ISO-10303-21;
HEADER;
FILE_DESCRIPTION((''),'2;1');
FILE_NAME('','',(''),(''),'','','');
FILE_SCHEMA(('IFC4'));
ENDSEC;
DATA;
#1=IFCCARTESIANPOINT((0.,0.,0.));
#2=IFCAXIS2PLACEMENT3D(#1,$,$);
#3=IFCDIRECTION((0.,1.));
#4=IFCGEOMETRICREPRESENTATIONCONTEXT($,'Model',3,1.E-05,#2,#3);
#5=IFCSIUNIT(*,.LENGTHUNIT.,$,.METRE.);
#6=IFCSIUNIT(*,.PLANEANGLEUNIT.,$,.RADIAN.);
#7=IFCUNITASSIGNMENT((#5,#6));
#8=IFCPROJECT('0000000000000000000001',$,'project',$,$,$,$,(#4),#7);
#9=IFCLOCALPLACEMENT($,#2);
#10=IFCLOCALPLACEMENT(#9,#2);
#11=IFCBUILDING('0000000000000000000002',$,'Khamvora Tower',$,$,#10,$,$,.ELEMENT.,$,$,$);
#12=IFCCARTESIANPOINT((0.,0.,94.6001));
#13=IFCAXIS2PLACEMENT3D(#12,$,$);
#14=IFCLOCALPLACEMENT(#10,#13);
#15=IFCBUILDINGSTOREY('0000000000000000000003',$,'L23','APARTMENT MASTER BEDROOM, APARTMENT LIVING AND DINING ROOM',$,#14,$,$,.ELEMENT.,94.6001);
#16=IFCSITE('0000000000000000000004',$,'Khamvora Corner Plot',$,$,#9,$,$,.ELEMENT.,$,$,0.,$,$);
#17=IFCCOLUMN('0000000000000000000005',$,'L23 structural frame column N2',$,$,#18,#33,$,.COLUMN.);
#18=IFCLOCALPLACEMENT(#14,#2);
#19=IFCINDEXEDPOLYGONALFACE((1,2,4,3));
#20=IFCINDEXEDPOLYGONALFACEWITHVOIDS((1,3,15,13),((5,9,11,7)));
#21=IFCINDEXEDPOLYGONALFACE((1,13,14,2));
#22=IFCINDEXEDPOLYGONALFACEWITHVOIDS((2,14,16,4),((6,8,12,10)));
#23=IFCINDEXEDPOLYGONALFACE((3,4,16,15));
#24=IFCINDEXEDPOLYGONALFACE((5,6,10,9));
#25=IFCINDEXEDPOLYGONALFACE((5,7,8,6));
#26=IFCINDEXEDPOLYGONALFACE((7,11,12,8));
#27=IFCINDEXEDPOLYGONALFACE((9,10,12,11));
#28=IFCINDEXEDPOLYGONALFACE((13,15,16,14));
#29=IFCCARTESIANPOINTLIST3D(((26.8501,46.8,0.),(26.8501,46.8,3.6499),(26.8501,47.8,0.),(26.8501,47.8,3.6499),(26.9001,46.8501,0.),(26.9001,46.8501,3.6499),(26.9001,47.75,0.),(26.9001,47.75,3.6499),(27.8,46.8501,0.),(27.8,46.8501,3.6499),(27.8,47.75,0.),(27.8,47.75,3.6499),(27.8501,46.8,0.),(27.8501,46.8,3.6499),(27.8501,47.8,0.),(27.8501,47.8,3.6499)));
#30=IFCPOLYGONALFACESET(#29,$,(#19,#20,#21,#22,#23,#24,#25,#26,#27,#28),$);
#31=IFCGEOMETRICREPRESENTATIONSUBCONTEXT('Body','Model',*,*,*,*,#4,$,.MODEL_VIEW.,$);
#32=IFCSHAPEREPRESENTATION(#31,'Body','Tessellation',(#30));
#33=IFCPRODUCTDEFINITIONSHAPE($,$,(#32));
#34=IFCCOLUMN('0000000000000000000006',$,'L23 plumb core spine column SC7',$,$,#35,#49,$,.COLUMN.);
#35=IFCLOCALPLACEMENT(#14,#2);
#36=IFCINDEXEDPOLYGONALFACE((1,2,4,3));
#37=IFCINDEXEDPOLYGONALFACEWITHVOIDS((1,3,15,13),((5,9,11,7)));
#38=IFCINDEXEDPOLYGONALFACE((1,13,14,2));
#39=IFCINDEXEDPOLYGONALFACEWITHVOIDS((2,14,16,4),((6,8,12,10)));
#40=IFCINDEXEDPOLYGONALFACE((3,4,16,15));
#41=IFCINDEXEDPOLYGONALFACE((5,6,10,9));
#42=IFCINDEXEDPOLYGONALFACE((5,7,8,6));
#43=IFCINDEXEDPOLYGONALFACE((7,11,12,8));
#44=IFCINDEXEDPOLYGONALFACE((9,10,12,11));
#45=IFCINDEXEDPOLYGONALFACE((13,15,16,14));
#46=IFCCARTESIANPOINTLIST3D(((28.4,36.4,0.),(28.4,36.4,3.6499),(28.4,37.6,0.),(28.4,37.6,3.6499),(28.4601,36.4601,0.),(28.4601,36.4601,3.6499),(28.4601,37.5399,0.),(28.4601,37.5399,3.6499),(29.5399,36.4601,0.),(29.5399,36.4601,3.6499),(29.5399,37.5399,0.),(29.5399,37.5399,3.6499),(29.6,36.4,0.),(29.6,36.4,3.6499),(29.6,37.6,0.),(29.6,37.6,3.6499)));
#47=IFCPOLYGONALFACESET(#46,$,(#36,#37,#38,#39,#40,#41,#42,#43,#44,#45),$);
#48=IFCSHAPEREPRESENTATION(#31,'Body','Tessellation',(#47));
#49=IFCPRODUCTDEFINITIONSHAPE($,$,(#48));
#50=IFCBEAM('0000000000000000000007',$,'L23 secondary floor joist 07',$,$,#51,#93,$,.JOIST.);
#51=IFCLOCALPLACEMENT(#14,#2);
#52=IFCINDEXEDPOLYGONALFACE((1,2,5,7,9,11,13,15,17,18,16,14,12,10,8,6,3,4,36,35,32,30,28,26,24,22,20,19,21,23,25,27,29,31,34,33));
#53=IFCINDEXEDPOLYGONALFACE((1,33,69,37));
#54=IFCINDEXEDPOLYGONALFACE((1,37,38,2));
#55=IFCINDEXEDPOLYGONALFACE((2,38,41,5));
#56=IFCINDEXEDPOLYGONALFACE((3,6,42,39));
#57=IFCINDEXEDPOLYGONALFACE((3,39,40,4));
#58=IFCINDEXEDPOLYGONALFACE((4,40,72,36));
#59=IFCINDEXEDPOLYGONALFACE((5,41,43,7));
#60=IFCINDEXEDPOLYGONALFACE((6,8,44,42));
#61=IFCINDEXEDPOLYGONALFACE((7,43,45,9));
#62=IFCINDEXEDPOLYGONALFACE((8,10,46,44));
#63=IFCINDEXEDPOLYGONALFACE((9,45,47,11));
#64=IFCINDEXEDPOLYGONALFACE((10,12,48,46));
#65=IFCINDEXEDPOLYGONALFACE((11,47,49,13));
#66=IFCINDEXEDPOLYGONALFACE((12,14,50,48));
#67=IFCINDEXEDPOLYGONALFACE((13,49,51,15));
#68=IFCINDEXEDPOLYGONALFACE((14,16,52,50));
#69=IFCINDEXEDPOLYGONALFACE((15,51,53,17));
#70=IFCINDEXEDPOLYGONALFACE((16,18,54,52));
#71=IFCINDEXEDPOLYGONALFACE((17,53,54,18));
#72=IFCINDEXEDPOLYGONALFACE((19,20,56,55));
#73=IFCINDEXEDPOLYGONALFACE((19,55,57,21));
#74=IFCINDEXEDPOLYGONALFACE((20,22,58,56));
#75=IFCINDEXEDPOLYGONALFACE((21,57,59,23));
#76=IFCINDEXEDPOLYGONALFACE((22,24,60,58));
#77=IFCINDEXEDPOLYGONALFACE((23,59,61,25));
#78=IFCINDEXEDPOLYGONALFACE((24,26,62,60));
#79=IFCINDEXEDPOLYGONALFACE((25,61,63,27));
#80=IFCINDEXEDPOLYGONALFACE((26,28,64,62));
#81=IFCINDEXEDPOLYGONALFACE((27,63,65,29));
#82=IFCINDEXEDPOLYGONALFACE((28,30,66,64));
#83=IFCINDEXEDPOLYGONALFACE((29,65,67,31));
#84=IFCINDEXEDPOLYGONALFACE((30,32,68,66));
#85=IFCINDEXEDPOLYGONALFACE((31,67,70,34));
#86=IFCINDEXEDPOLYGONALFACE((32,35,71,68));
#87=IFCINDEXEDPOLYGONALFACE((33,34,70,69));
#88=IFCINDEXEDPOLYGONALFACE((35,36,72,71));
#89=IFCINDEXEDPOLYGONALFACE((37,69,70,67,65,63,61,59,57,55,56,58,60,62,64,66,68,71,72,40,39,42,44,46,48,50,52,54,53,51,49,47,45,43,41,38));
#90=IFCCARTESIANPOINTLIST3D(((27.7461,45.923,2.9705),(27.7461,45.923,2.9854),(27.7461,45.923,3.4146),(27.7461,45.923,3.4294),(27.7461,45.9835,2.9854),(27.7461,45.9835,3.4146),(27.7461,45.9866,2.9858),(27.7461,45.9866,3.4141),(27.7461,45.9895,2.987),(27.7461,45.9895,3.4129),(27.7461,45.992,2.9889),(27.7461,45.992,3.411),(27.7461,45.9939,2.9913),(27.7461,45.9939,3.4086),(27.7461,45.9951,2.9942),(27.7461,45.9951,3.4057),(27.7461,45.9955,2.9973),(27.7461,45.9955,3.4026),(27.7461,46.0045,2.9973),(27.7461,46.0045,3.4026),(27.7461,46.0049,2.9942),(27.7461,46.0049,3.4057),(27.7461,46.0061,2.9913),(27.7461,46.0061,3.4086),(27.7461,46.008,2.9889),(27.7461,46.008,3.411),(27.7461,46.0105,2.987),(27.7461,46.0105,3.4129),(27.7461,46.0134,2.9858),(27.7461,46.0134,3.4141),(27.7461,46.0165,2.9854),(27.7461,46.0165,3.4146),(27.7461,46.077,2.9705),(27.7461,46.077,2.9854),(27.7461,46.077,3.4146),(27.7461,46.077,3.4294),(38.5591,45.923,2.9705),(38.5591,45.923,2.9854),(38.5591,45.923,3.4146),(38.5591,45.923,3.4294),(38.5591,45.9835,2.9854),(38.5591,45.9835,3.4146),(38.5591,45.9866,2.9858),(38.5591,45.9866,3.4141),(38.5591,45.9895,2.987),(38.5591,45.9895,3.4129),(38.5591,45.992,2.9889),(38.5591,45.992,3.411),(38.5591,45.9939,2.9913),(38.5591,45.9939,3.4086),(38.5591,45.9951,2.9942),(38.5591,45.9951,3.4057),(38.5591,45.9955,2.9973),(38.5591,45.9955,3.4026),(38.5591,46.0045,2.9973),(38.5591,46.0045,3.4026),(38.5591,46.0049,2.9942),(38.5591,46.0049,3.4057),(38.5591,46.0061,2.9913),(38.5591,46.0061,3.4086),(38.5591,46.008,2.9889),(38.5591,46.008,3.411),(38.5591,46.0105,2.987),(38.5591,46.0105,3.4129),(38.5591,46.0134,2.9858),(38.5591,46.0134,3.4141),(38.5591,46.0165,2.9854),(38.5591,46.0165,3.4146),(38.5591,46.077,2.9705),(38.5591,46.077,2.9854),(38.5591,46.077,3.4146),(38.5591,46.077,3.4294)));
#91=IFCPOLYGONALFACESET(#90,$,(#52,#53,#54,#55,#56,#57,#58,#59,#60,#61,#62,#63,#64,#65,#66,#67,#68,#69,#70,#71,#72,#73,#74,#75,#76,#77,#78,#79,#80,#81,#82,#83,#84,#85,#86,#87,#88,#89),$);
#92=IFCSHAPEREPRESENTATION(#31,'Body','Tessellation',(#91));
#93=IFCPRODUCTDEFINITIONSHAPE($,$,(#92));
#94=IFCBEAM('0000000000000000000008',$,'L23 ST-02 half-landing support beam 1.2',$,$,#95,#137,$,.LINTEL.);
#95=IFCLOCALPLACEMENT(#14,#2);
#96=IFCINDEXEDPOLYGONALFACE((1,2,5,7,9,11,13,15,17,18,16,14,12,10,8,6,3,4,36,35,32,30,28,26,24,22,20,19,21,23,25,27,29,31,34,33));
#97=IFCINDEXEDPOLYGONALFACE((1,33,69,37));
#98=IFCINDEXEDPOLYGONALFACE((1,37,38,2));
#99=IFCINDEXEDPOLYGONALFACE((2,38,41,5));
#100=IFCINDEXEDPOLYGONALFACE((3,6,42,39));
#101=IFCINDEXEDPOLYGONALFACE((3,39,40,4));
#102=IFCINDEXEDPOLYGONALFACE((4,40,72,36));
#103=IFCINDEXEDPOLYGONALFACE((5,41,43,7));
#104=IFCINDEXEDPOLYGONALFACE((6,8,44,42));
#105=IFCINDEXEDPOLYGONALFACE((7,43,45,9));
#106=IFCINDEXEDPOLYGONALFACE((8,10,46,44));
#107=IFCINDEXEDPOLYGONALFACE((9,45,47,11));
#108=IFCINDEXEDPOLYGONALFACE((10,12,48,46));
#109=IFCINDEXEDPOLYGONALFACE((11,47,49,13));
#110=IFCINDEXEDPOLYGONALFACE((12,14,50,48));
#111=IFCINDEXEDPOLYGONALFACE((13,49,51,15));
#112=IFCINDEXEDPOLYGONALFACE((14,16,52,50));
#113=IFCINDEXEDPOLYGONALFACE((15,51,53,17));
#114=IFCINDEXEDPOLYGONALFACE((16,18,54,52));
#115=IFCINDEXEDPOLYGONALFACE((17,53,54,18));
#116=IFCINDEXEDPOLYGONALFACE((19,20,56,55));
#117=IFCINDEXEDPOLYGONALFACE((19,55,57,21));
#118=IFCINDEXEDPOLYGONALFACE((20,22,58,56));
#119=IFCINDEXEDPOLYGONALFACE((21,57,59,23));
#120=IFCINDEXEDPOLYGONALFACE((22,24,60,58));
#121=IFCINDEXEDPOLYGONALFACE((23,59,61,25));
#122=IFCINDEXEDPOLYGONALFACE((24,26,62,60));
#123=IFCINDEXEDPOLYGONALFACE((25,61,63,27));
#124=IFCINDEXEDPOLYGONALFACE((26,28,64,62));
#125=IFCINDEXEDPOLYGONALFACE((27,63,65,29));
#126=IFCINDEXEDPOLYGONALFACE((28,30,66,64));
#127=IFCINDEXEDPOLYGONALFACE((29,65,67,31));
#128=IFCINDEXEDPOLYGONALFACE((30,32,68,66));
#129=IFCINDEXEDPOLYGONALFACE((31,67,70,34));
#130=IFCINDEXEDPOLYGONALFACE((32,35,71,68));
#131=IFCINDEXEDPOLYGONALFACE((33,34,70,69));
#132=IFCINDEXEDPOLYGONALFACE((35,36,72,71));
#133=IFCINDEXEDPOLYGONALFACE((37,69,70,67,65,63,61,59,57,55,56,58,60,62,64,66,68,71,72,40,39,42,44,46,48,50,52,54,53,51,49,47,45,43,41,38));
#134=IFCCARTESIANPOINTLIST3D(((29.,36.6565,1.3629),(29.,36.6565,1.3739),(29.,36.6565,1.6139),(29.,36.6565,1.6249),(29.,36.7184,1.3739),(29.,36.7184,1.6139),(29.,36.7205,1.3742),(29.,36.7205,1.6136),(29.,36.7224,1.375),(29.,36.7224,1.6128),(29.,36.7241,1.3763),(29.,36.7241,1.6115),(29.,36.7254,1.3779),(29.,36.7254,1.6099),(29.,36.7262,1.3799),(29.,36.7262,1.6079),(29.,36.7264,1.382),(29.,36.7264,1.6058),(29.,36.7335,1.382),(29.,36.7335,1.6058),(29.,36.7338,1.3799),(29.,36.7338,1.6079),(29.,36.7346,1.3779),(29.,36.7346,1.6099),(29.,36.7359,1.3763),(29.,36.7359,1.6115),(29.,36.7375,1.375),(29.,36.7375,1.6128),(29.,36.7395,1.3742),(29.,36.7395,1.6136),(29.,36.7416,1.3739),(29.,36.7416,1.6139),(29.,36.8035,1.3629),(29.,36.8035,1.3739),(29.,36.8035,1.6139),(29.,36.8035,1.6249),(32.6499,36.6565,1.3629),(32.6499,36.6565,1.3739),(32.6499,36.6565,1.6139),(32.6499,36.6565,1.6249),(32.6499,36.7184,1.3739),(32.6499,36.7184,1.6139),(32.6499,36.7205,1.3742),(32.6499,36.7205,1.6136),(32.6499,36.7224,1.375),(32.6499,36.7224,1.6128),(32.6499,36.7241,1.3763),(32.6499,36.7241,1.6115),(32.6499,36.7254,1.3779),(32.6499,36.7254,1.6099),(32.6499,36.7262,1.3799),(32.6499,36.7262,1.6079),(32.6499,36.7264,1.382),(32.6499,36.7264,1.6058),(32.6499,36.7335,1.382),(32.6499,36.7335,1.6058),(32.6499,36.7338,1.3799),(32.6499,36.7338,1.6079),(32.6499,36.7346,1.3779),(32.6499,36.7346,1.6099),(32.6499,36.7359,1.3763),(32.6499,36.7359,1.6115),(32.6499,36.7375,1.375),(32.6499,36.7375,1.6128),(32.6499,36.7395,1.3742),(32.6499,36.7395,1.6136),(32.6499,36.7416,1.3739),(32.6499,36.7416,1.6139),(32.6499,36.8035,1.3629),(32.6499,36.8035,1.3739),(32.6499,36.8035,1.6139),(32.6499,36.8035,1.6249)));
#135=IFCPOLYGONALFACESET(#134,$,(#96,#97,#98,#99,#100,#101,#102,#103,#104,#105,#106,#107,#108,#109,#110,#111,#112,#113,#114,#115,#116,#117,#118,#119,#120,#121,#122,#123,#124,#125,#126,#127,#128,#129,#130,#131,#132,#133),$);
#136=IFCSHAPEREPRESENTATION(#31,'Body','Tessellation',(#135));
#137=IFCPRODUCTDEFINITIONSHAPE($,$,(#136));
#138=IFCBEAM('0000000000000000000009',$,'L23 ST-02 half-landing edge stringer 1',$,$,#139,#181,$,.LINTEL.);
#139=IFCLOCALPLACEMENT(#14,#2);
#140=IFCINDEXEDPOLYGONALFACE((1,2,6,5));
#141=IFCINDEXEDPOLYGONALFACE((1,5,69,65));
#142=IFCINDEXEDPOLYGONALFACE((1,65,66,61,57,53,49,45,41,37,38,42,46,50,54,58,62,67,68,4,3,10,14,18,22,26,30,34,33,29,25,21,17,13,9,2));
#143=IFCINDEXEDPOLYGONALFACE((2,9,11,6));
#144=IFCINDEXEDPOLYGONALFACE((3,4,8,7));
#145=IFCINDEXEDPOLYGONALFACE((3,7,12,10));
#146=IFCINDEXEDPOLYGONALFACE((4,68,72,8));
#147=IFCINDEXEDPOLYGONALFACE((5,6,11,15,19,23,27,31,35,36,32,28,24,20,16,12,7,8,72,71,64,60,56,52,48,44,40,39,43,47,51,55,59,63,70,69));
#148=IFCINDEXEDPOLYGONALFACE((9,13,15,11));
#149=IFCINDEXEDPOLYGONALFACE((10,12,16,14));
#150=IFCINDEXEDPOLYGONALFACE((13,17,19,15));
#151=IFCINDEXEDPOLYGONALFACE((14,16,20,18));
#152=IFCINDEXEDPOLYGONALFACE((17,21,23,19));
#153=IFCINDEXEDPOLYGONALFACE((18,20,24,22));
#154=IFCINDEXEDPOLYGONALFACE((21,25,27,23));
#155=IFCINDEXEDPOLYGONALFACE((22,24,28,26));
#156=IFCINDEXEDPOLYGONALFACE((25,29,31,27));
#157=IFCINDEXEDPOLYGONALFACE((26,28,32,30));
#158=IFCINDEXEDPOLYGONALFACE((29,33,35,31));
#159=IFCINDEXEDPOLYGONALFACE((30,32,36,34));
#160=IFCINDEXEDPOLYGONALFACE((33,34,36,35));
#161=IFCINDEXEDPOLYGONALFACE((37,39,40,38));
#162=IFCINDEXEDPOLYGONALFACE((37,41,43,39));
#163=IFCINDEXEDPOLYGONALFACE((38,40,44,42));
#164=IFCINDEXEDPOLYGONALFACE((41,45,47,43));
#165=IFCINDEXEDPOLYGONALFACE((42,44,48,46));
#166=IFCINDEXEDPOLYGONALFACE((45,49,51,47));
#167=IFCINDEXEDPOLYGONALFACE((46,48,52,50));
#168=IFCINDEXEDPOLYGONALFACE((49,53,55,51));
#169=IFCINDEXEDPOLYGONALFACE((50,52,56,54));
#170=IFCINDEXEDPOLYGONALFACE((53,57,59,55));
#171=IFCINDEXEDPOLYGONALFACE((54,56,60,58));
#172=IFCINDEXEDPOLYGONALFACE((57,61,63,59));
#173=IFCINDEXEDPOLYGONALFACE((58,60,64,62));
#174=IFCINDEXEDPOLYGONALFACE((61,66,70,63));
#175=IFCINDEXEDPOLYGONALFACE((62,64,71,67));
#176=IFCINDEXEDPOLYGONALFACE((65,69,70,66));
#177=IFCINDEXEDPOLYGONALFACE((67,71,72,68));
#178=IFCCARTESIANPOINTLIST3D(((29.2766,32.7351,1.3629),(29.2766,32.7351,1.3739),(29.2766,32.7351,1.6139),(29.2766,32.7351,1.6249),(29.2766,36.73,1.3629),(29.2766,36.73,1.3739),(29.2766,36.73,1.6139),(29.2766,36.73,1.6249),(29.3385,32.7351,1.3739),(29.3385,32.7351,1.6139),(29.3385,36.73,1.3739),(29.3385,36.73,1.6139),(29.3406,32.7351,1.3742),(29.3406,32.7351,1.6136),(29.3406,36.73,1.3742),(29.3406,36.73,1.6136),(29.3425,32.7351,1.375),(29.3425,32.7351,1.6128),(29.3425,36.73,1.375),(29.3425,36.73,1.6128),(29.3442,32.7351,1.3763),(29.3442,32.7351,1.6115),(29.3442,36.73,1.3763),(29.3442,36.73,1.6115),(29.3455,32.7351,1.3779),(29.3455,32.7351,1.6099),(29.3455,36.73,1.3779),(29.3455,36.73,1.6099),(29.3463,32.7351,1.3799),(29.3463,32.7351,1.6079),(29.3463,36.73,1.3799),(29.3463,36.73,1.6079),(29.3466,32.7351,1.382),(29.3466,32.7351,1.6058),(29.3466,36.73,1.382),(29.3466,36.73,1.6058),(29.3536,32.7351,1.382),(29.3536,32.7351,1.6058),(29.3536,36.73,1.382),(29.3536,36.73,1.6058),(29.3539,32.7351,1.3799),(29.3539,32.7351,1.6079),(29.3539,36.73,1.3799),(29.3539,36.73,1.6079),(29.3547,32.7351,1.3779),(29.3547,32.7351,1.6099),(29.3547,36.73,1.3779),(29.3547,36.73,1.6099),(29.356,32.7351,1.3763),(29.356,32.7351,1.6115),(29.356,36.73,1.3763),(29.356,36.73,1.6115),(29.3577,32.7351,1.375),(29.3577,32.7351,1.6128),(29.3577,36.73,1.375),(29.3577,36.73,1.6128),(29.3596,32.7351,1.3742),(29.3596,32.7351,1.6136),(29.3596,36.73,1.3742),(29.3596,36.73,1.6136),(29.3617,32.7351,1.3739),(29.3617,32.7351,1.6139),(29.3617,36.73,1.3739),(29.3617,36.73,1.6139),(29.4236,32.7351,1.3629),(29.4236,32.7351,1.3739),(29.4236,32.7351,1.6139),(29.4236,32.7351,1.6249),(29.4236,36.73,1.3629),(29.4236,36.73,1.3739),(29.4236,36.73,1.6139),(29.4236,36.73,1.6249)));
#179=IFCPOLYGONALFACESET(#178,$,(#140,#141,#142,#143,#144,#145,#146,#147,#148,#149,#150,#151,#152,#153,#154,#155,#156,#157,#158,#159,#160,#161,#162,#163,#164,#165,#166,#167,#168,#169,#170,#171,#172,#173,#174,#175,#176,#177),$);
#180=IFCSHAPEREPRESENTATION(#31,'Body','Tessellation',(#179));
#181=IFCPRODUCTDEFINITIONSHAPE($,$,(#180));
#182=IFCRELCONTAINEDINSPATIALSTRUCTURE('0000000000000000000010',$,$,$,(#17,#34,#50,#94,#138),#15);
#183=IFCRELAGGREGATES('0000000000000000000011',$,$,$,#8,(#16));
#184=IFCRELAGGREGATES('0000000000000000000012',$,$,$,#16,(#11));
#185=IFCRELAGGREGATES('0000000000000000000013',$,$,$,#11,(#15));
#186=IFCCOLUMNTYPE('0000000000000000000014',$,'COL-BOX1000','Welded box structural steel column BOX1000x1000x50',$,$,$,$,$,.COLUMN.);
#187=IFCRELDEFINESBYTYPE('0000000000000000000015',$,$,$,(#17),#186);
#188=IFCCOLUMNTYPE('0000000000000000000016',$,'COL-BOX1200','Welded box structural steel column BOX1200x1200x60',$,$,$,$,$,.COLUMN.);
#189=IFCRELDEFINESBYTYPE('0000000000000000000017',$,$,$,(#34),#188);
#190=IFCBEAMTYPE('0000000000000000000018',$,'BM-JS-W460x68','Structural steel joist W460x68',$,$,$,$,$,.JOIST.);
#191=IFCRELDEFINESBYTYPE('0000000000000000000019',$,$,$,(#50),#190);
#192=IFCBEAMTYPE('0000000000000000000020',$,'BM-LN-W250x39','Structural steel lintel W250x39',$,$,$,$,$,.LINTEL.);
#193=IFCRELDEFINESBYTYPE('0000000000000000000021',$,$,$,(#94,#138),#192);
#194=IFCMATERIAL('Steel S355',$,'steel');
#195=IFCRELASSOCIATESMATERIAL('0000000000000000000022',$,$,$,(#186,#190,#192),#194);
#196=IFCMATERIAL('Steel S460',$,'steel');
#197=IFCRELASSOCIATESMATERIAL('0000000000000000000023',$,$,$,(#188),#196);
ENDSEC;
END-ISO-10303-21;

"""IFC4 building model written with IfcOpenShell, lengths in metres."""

from ifc_helpers import new_model, si_unit, direction, frame, origin, origin_2d, place, context, subcontext, project, spatial, hollow_rectangle, i_section, extrude, material, material_profile, profile_set, type_object, element, save


model = new_model("IFC4")

# Units and contexts
model_context = context("Model", 3, precision=1e-05, world=origin(), true_north=direction((0.0, 1.0)))
body_context = subcontext(model_context, "Body", "Model", "MODEL_VIEW")
ifc_project = project(units=[si_unit("LENGTHUNIT", "METRE"), si_unit("PLANEANGLEUNIT", "RADIAN")], contexts=[model_context])

# Site, building, storey
site_placement = place(None, origin())
site = spatial("IfcSite", under=ifc_project, at=site_placement, Name="Khamvora Corner Plot", CompositionType="ELEMENT", RefElevation=0.0)
building_placement = place(site_placement, origin())
building = spatial("IfcBuilding", under=site, at=building_placement, Name="Khamvora Tower", CompositionType="ELEMENT")
storey_placement = place(building_placement, frame((0.0, 0.0, 94.6001)))
storey = spatial("IfcBuildingStorey", under=building, at=storey_placement, Name="L23", Description="APARTMENT MASTER BEDROOM, APARTMENT LIVING AND DINING ROOM", CompositionType="ELEMENT", Elevation=94.6001)

# Columns
ifc_material_1 = material(Name="Steel S355", Category="steel")
ifc_material_profile_1 = material_profile(ifc_material_1, hollow_rectangle(XDim=1.0, YDim=1.0, WallThickness=0.05, at=origin_2d()), Name="BOX1000x1000x50")
ifc_profile_set_1 = profile_set([ifc_material_profile_1], Name="Steel S355")
column_type_1 = type_object("IfcColumnType", Name="COL-BOX1000", Description="Welded box structural steel column BOX1000x1000x50", PredefinedType="COLUMN", material=ifc_profile_set_1)
column_1_placement = place(storey_placement, frame((27.3501, 47.3, 0.0), z_axis=(0.0, 0.0, 1.0), x_axis=(1.0, 0.0, 0.0)))
element("IfcColumn", 1, at=column_1_placement, inside=storey, type_object=column_type_1, Name="L23 structural frame column N2", PredefinedType="COLUMN", context=body_context, shape_type="SweptSolid", body=[
    extrude(hollow_rectangle(XDim=1.0, YDim=1.0, WallThickness=0.05, at=origin_2d()), origin(), (0.0, 0.0, 1.0), 3.6499),
])
ifc_material_2 = material(Name="Steel S460", Category="steel")
ifc_material_profile_2 = material_profile(ifc_material_2, hollow_rectangle(XDim=1.2, YDim=1.2, WallThickness=0.0601, at=origin_2d()), Name="BOX1200x1200x60")
ifc_profile_set_2 = profile_set([ifc_material_profile_2], Name="Steel S460")
column_type_2 = type_object("IfcColumnType", Name="COL-BOX1200", Description="Welded box structural steel column BOX1200x1200x60", PredefinedType="COLUMN", material=ifc_profile_set_2)
column_2_placement = place(storey_placement, frame((29.0, 37.0, 0.0), z_axis=(0.0, 0.0, 1.0), x_axis=(1.0, 0.0, 0.0)))
element("IfcColumn", 2, at=column_2_placement, inside=storey, type_object=column_type_2, Name="L23 plumb core spine column SC7", PredefinedType="COLUMN", context=body_context, shape_type="SweptSolid", body=[
    extrude(hollow_rectangle(XDim=1.2, YDim=1.2, WallThickness=0.0601, at=origin_2d()), origin(), (0.0, 0.0, 1.0), 3.6499),
])

# Beams
ifc_material_profile_3 = material_profile(ifc_material_1, i_section(OverallWidth=0.1541, OverallDepth=0.459, WebThickness=0.009, FlangeThickness=0.0149, FilletRadius=0.012, at=origin_2d()), Name="W460x68")
ifc_profile_set_3 = profile_set([ifc_material_profile_3], Name="Steel S355")
beam_type_1 = type_object("IfcBeamType", Name="BM-JS-W460x68", Description="Structural steel joist W460x68", PredefinedType="JOIST", material=ifc_profile_set_3)
beam_1_placement = place(storey_placement, frame((27.7461, 46.0, 3.2), z_axis=(1.0, 0.0, 0.0), x_axis=(0.0, 1.0, 0.0)))
element("IfcBeam", 3, at=beam_1_placement, inside=storey, type_object=beam_type_1, Name="L23 secondary floor joist 07", PredefinedType="JOIST", context=body_context, shape_type="SweptSolid", body=[
    extrude(i_section(OverallWidth=0.1541, OverallDepth=0.459, WebThickness=0.009, FlangeThickness=0.0149, FilletRadius=0.012, at=origin_2d()), origin(), (0.0, 0.0, 1.0), 10.813),
])
ifc_material_profile_4 = material_profile(ifc_material_1, i_section(OverallWidth=0.147, OverallDepth=0.262, WebThickness=0.0071, FlangeThickness=0.011, FilletRadius=0.0081, at=origin_2d()), Name="W250x39")
ifc_profile_set_4 = profile_set([ifc_material_profile_4], Name="Steel S355")
beam_type_2 = type_object("IfcBeamType", Name="BM-LN-W250x39", Description="Structural steel lintel W250x39", PredefinedType="LINTEL", material=ifc_profile_set_4)
beam_2_placement = place(storey_placement, frame((29.0, 36.73, 1.4939), z_axis=(1.0, 0.0, 0.0), x_axis=(0.0, 1.0, 0.0)))
element("IfcBeam", 4, at=beam_2_placement, inside=storey, type_object=beam_type_2, Name="L23 ST-02 half-landing support beam 1.2", PredefinedType="LINTEL", context=body_context, shape_type="SweptSolid", body=[
    extrude(i_section(OverallWidth=0.147, OverallDepth=0.262, WebThickness=0.0071, FlangeThickness=0.011, FilletRadius=0.0081, at=origin_2d()), origin(), (0.0, 0.0, 1.0), 3.6499),
])
beam_3_placement = place(storey_placement, frame((29.3501, 32.7351, 1.4939), z_axis=(0.0, 1.0, 0.0), x_axis=(-1.0, 0.0, 0.0)))
element("IfcBeam", 5, at=beam_3_placement, inside=storey, type_object=beam_type_2, Name="L23 ST-02 half-landing edge stringer 1", PredefinedType="LINTEL", context=body_context, shape_type="SweptSolid", body=[
    extrude(i_section(OverallWidth=0.147, OverallDepth=0.262, WebThickness=0.0071, FlangeThickness=0.011, FilletRadius=0.0081, at=origin_2d()), origin(), (0.0, 0.0, 1.0), 3.9949),
])

save(model, "model.ifc")
